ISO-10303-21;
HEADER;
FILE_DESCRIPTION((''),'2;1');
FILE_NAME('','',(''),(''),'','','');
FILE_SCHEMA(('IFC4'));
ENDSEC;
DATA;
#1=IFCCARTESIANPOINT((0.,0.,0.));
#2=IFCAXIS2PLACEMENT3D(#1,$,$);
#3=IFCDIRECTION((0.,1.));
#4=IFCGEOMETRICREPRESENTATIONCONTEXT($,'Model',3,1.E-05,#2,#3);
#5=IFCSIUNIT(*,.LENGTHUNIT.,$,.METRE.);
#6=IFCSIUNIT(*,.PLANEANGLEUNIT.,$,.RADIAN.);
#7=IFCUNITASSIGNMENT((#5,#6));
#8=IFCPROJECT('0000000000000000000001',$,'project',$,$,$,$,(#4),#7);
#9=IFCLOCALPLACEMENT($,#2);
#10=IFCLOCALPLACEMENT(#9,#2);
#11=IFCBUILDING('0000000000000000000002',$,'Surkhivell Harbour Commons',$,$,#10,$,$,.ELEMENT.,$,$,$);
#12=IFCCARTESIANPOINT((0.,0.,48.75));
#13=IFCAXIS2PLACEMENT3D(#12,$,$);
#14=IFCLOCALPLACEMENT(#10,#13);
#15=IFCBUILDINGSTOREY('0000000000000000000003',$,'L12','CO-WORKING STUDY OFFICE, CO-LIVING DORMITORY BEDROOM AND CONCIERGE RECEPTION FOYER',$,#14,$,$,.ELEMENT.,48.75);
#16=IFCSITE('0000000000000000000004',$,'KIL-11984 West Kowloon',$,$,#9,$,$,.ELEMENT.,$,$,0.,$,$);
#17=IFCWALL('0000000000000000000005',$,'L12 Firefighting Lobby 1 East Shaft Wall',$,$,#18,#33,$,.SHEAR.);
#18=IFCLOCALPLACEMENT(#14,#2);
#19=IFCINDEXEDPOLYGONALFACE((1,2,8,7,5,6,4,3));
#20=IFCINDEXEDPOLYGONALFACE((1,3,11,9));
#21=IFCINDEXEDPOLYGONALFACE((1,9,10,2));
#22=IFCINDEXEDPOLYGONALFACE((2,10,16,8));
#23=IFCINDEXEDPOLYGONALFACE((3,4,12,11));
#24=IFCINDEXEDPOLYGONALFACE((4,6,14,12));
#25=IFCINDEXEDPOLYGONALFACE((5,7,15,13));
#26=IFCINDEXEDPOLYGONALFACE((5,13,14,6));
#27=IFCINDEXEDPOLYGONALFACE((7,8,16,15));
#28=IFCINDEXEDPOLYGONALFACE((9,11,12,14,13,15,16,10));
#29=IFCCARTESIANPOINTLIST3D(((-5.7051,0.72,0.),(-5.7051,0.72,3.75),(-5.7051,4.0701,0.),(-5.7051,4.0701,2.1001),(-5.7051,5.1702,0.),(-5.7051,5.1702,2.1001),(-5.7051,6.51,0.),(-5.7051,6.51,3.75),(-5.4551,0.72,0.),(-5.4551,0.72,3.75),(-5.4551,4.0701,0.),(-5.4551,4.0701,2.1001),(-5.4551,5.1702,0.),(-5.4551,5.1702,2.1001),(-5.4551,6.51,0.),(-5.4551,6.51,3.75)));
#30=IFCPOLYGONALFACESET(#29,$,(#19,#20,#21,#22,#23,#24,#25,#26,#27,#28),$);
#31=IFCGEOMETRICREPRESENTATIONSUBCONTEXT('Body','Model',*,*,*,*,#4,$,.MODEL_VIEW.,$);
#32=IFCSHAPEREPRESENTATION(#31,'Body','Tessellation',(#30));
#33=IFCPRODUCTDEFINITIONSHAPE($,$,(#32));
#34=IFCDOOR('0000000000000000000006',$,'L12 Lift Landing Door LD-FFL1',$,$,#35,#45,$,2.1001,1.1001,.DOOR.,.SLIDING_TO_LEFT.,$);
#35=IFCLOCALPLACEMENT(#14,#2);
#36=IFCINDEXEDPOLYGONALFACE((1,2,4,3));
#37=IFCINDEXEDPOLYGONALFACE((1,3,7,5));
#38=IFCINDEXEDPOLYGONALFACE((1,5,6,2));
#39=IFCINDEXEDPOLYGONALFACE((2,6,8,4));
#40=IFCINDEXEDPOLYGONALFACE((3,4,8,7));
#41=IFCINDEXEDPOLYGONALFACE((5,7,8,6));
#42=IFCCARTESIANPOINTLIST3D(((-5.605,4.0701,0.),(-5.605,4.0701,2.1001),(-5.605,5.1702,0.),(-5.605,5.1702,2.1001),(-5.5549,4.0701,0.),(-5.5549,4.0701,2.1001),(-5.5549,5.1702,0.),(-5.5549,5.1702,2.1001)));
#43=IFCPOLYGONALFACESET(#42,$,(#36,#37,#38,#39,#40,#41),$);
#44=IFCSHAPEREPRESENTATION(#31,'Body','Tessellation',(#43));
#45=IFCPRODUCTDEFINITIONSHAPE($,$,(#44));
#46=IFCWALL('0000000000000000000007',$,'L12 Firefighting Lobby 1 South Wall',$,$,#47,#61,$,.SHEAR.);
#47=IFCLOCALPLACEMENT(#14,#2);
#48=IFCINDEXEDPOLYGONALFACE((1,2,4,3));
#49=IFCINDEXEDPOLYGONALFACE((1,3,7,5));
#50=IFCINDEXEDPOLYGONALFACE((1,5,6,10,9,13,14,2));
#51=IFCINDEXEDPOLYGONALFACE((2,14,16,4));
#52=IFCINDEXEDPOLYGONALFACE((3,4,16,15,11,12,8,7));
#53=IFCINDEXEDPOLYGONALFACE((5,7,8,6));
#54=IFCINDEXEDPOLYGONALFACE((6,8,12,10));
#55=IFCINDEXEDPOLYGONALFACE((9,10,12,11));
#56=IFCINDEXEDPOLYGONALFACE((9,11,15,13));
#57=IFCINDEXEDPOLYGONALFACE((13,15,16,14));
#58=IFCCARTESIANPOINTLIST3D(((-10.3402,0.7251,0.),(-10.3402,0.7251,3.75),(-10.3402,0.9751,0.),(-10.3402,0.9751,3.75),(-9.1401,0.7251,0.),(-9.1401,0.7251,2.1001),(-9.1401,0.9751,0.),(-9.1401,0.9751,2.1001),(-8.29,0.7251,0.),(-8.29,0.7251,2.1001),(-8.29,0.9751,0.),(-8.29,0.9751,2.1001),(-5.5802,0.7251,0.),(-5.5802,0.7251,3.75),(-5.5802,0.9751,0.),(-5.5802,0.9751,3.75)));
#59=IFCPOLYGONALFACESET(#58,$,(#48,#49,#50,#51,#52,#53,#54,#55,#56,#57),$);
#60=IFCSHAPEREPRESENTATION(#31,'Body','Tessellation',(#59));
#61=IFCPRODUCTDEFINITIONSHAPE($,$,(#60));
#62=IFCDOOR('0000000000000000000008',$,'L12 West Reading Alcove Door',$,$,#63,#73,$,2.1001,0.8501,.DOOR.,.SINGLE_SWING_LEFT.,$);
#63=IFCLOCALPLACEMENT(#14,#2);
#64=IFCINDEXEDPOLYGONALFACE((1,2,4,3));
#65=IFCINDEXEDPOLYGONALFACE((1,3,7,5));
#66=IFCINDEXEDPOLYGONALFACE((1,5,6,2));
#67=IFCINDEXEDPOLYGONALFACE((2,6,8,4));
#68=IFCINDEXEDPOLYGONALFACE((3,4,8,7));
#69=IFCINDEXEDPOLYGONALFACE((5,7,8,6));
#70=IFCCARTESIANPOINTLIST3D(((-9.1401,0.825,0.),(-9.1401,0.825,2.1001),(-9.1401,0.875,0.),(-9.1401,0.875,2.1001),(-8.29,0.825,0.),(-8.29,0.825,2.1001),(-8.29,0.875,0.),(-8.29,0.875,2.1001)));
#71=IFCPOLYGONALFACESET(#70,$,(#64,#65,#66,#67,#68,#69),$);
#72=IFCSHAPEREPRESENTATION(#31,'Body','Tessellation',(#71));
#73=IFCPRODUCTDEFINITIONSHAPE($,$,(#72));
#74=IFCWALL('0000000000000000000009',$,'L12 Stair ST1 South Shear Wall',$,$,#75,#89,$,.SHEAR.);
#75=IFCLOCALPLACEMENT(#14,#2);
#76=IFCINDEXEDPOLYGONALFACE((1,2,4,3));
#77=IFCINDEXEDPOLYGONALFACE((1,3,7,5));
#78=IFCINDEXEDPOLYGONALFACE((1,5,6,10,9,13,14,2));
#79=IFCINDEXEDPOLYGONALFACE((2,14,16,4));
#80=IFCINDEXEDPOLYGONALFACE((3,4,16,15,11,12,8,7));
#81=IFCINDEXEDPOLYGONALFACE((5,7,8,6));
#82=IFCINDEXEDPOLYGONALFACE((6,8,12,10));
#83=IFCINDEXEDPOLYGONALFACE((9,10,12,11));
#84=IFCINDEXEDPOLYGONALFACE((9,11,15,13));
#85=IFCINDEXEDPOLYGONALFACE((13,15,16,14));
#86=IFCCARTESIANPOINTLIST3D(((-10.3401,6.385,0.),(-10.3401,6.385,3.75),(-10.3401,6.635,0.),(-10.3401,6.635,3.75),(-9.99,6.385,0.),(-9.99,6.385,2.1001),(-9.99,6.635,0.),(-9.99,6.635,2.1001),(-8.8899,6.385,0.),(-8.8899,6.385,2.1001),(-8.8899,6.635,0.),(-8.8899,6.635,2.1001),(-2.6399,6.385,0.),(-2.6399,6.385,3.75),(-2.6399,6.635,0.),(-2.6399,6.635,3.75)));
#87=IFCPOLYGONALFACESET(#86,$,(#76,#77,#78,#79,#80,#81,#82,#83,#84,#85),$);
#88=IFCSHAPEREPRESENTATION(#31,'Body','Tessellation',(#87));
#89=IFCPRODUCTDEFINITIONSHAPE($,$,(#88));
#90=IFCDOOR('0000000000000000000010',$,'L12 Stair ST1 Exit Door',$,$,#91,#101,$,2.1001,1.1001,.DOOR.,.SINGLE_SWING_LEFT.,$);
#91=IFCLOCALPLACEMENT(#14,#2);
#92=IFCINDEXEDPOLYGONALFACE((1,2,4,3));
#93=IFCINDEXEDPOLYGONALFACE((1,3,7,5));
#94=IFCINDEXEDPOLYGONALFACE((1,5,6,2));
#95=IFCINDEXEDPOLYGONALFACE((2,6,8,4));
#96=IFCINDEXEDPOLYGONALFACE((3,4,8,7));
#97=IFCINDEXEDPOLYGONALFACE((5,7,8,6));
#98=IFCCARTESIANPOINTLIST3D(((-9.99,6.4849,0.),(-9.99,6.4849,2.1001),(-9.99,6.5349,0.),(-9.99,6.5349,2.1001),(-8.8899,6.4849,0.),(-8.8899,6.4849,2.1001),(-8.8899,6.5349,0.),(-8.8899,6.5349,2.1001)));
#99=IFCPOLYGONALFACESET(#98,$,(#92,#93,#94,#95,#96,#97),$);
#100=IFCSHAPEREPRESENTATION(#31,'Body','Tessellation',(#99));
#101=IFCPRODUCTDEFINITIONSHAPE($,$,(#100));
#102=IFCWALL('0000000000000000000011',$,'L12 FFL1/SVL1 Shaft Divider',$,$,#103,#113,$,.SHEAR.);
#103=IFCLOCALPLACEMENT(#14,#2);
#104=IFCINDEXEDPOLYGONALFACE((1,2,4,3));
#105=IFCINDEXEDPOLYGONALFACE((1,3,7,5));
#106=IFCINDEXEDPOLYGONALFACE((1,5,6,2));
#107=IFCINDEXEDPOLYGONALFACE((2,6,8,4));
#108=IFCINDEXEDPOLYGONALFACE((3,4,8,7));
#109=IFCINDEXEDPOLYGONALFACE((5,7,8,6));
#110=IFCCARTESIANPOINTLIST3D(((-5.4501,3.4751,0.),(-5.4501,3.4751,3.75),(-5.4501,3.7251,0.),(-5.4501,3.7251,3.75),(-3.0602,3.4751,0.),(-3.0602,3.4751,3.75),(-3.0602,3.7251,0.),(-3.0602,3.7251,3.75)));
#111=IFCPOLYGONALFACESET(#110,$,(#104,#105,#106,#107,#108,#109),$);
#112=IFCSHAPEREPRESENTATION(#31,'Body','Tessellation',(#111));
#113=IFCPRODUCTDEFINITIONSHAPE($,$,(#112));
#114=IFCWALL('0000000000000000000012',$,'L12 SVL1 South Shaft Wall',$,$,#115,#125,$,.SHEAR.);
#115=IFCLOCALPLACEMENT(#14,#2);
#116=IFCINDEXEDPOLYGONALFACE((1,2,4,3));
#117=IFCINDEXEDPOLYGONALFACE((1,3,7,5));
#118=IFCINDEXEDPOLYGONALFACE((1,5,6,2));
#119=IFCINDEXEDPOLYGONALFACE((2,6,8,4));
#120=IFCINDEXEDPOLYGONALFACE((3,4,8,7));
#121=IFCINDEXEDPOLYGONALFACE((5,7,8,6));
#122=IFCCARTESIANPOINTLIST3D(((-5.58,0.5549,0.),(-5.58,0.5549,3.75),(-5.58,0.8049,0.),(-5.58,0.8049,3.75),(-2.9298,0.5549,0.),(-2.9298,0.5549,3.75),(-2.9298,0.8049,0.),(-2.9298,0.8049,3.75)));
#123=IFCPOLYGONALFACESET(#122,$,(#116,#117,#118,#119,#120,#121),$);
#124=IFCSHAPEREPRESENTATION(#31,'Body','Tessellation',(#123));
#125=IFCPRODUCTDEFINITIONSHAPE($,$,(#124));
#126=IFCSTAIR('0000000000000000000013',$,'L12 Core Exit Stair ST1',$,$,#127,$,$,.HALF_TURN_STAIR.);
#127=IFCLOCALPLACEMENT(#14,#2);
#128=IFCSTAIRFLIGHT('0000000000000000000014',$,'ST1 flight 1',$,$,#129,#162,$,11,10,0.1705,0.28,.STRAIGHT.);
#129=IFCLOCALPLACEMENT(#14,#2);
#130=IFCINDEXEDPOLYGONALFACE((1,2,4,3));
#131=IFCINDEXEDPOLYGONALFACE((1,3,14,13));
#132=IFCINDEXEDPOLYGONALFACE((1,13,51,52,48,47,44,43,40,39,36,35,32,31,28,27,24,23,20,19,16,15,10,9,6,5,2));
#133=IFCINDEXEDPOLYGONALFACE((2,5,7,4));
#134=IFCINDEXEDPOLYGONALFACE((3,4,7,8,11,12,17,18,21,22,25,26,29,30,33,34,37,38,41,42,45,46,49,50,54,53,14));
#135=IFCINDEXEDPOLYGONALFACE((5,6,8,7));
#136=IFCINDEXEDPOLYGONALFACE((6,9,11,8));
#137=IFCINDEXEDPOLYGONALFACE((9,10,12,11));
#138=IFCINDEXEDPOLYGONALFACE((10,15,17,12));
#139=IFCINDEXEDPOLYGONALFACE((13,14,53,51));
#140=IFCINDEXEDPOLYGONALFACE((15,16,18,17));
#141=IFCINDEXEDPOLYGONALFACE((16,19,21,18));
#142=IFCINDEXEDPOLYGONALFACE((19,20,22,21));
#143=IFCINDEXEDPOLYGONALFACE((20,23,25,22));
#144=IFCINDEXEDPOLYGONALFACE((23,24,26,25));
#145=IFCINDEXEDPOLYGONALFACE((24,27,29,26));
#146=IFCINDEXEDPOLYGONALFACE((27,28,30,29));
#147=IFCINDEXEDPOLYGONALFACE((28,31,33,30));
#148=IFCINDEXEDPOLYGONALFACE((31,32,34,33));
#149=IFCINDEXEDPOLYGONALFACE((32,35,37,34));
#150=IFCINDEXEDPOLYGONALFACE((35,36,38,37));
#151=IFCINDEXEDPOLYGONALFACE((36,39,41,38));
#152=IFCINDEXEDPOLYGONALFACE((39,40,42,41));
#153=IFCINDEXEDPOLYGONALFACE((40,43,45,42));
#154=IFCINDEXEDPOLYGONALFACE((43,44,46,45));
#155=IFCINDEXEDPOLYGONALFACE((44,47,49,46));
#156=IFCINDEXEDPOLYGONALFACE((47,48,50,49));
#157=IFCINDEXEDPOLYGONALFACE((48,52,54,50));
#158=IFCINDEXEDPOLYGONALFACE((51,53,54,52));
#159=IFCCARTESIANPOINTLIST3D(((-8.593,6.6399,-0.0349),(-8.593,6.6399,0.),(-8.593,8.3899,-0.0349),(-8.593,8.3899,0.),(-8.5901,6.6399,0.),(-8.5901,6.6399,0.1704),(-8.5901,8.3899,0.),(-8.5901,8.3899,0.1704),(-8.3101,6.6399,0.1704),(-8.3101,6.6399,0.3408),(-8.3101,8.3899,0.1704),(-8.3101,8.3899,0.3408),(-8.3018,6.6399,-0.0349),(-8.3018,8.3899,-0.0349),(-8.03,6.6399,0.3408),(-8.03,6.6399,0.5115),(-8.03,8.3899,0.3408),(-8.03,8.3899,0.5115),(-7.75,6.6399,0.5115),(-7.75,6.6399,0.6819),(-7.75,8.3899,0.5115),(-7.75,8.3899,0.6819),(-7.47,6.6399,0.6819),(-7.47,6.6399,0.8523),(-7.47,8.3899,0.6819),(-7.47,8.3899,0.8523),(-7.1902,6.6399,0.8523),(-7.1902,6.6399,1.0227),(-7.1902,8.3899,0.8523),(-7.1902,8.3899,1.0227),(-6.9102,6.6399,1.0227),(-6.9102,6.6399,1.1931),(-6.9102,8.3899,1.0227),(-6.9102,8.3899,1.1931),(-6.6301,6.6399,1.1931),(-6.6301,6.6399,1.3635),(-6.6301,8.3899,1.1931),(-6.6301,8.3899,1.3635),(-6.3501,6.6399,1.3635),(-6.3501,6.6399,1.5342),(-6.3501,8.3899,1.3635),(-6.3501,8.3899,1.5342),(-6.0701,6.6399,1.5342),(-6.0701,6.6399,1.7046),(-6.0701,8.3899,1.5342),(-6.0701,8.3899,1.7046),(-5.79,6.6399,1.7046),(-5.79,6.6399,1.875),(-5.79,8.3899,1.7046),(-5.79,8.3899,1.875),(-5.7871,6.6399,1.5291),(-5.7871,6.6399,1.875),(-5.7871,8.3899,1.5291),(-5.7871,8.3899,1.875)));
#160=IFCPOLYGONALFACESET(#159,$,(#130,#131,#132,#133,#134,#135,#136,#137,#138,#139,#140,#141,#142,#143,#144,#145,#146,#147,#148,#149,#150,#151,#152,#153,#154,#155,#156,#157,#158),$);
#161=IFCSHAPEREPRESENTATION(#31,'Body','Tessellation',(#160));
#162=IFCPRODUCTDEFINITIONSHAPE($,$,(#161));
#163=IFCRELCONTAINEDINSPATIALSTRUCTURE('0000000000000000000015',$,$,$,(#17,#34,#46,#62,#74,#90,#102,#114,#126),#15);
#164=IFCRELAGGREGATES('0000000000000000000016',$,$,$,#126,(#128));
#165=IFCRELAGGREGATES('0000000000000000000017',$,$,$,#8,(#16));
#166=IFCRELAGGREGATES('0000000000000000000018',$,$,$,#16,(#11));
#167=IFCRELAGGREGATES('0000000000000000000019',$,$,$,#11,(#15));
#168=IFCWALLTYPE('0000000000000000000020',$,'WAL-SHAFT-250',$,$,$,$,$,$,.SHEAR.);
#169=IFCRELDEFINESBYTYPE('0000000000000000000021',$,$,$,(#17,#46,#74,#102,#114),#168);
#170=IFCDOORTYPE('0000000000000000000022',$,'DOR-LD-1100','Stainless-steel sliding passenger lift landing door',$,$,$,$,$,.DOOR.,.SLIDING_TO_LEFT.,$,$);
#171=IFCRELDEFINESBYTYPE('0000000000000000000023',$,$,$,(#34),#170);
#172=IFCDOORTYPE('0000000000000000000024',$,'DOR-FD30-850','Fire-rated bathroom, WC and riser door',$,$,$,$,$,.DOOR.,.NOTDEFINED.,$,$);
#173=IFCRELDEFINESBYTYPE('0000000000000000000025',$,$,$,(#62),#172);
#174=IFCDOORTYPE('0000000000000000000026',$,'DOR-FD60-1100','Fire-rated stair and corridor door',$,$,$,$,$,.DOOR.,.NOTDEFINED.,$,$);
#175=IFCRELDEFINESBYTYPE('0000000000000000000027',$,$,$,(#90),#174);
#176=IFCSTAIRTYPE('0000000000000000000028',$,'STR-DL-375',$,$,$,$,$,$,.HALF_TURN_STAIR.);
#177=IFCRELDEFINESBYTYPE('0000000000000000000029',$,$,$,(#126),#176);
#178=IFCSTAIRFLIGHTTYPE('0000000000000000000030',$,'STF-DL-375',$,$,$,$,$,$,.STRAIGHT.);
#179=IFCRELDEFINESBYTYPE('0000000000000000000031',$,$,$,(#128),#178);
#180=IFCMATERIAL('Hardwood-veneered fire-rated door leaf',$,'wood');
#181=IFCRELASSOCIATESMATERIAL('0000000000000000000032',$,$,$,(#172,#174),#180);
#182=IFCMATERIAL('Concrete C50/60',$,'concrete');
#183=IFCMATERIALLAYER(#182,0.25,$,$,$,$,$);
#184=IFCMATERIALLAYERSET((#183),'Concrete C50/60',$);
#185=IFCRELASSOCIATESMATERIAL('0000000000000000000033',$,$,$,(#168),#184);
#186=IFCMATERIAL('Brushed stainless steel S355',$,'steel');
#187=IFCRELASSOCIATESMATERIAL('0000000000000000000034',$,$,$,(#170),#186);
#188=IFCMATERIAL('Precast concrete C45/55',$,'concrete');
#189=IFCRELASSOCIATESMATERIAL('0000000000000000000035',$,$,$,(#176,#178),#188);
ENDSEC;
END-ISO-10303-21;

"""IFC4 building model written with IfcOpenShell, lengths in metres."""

from ifc_helpers import new_model, si_unit, direction, frame, frame_2d, origin, place, context, subcontext, project, spatial, polyline, rectangle, outline, extrude, material, layer, layer_set, type_object, element, fill, aggregate, save


model = new_model("IFC4")

# Units and contexts
model_context = context("Model", 3, precision=1e-05, world=origin(), true_north=direction((0.0, 1.0)))
body_context = subcontext(model_context, "Body", "Model", "MODEL_VIEW")
ifc_project = project(units=[si_unit("LENGTHUNIT", "METRE"), si_unit("PLANEANGLEUNIT", "RADIAN")], contexts=[model_context])

# Site, building, storey
site_placement = place(None, origin())
site = spatial("IfcSite", under=ifc_project, at=site_placement, Name="KIL-11984 West Kowloon", CompositionType="ELEMENT", RefElevation=0.0)
building_placement = place(site_placement, origin())
building = spatial("IfcBuilding", under=site, at=building_placement, Name="Surkhivell Harbour Commons", CompositionType="ELEMENT")
storey_placement = place(building_placement, frame((0.0, 0.0, 48.75)))
storey = spatial("IfcBuildingStorey", under=building, at=storey_placement, Name="L12", Description="CO-WORKING STUDY OFFICE, CO-LIVING DORMITORY BEDROOM AND CONCIERGE RECEPTION FOYER", CompositionType="ELEMENT", Elevation=48.75)

# Shared definitions
ifc_material_1 = material(Name="Hardwood-veneered fire-rated door leaf", Category="wood")

# Shared definitions
door_type_1 = type_object("IfcDoorType", Name="DOR-FD30-850", Description="Fire-rated bathroom, WC and riser door", OperationType="NOTDEFINED", PredefinedType="DOOR", material=ifc_material_1)

# Walls, openings, doors
ifc_material_2 = material(Name="Concrete C50/60", Category="concrete")
ifc_layer_1 = layer(ifc_material_2, 0.25)
ifc_layer_set_1 = layer_set([ifc_layer_1], Name="Concrete C50/60")
wall_type_1 = type_object("IfcWallType", Name="WAL-SHAFT-250", PredefinedType="SHEAR", material=ifc_layer_set_1)
wall_1_placement = place(storey_placement, frame((-5.5801, 0.72, 0.0), z_axis=(0.0, 0.0, 1.0), x_axis=(0.0, 1.0, 0.0)))
wall_1 = element("IfcWall", 1, at=wall_1_placement, inside=storey, type_object=wall_type_1, Name="L12 Firefighting Lobby 1 East Shaft Wall", PredefinedType="SHEAR", context=body_context, shape_type="SweptSolid", body=[
    extrude(rectangle(XDim=5.79, YDim=0.25, at=frame_2d((2.895, 0.0))), origin(), (0.0, 0.0, 1.0), 3.75),
])
opening_1_placement = place(wall_1_placement, frame((3.3501, 0.0, 0.0)))
opening_1 = element("IfcOpeningElement", 2, at=opening_1_placement, cuts=wall_1, PredefinedType="OPENING", context=body_context, shape_type="SweptSolid", body=[
    extrude(rectangle(XDim=1.1001, YDim=2.1001, at=frame_2d((0.55, 1.05))), frame((0.0, 0.135, 0.0), z_axis=(0.0, -1.0, 0.0), x_axis=(1.0, 0.0, 0.0)), (0.0, 0.0, 1.0), 0.27),
])
ifc_material_3 = material(Name="Brushed stainless steel S355", Category="steel")
door_type_2 = type_object("IfcDoorType", Name="DOR-LD-1100", Description="Stainless-steel sliding passenger lift landing door", OperationType="SLIDING_TO_LEFT", PredefinedType="DOOR", material=ifc_material_3)
door_1_placement = place(opening_1_placement, origin())
door_1 = element("IfcDoor", 3, at=door_1_placement, inside=storey, type_object=door_type_2, Name="L12 Lift Landing Door LD-FFL1", OperationType="SLIDING_TO_LEFT", OverallHeight=2.1001, OverallWidth=1.1001, PredefinedType="DOOR", context=body_context, shape_type="SweptSolid", body=[
    extrude(rectangle(XDim=1.1001, YDim=2.1001, at=frame_2d((0.55, 1.05))), frame((0.0, 0.0249, 0.0), z_axis=(0.0, -1.0, 0.0), x_axis=(1.0, 0.0, 0.0)), (0.0, 0.0, 1.0), 0.05),
])
fill(opening_1, door_1)
wall_2_placement = place(storey_placement, frame((-10.3401, 0.8501, 0.0), z_axis=(0.0, 0.0, 1.0), x_axis=(1.0, 0.0, 0.0)))
wall_2 = element("IfcWall", 4, at=wall_2_placement, inside=storey, type_object=wall_type_1, Name="L12 Firefighting Lobby 1 South Wall", PredefinedType="SHEAR", context=body_context, shape_type="SweptSolid", body=[
    extrude(rectangle(XDim=4.76, YDim=0.25, at=frame_2d((2.3799, 0.0))), origin(), (0.0, 0.0, 1.0), 3.75),
])
opening_2_placement = place(wall_2_placement, frame((1.2, 0.0, 0.0)))
opening_2 = element("IfcOpeningElement", 5, at=opening_2_placement, cuts=wall_2, PredefinedType="OPENING", context=body_context, shape_type="SweptSolid", body=[
    extrude(rectangle(XDim=0.8501, YDim=2.1001, at=frame_2d((0.425, 1.05))), frame((0.0, 0.135, 0.0), z_axis=(0.0, -1.0, 0.0), x_axis=(1.0, 0.0, 0.0)), (0.0, 0.0, 1.0), 0.27),
])
door_2_placement = place(opening_2_placement, origin())
door_2 = element("IfcDoor", 6, at=door_2_placement, inside=storey, type_object=door_type_1, Name="L12 West Reading Alcove Door", OperationType="SINGLE_SWING_LEFT", OverallHeight=2.1001, OverallWidth=0.8501, PredefinedType="DOOR", context=body_context, shape_type="SweptSolid", body=[
    extrude(rectangle(XDim=0.8501, YDim=2.1001, at=frame_2d((0.425, 1.05))), frame((0.0, 0.0249, 0.0), z_axis=(0.0, -1.0, 0.0), x_axis=(1.0, 0.0, 0.0)), (0.0, 0.0, 1.0), 0.05),
])
fill(opening_2, door_2)
wall_3_placement = place(storey_placement, frame((-10.3401, 6.51, 0.0), z_axis=(0.0, 0.0, 1.0), x_axis=(1.0, 0.0, 0.0)))
wall_3 = element("IfcWall", 7, at=wall_3_placement, inside=storey, type_object=wall_type_1, Name="L12 Stair ST1 South Shear Wall", PredefinedType="SHEAR", context=body_context, shape_type="SweptSolid", body=[
    extrude(rectangle(XDim=7.7002, YDim=0.25, at=frame_2d((3.8501, 0.0))), origin(), (0.0, 0.0, 1.0), 3.75),
])
opening_3_placement = place(wall_3_placement, frame((0.3501, 0.0, 0.0)))
opening_3 = element("IfcOpeningElement", 8, at=opening_3_placement, cuts=wall_3, PredefinedType="OPENING", context=body_context, shape_type="SweptSolid", body=[
    extrude(rectangle(XDim=1.1001, YDim=2.1001, at=frame_2d((0.55, 1.05))), frame((0.0, 0.135, 0.0), z_axis=(0.0, -1.0, 0.0), x_axis=(1.0, 0.0, 0.0)), (0.0, 0.0, 1.0), 0.27),
])
door_type_3 = type_object("IfcDoorType", Name="DOR-FD60-1100", Description="Fire-rated stair and corridor door", OperationType="NOTDEFINED", PredefinedType="DOOR", material=ifc_material_1)
door_3_placement = place(opening_3_placement, origin())
door_3 = element("IfcDoor", 9, at=door_3_placement, inside=storey, type_object=door_type_3, Name="L12 Stair ST1 Exit Door", OperationType="SINGLE_SWING_LEFT", OverallHeight=2.1001, OverallWidth=1.1001, PredefinedType="DOOR", context=body_context, shape_type="SweptSolid", body=[
    extrude(rectangle(XDim=1.1001, YDim=2.1001, at=frame_2d((0.55, 1.05))), frame((0.0, 0.0249, 0.0), z_axis=(0.0, -1.0, 0.0), x_axis=(1.0, 0.0, 0.0)), (0.0, 0.0, 1.0), 0.05),
])
fill(opening_3, door_3)

# Walls
wall_4_placement = place(storey_placement, frame((-5.45, 3.6001, 0.0), z_axis=(0.0, 0.0, 1.0), x_axis=(1.0, 0.0, 0.0)))
element("IfcWall", 10, at=wall_4_placement, inside=storey, type_object=wall_type_1, Name="L12 FFL1/SVL1 Shaft Divider", PredefinedType="SHEAR", context=body_context, shape_type="SweptSolid", body=[
    extrude(rectangle(XDim=2.3899, YDim=0.25, at=frame_2d((1.1948, 0.0))), origin(), (0.0, 0.0, 1.0), 3.75),
])
wall_5_placement = place(storey_placement, frame((-5.5801, 0.6799, 0.0), z_axis=(0.0, 0.0, 1.0), x_axis=(1.0, 0.0, 0.0)))
element("IfcWall", 11, at=wall_5_placement, inside=storey, type_object=wall_type_1, Name="L12 SVL1 South Shaft Wall", PredefinedType="SHEAR", context=body_context, shape_type="SweptSolid", body=[
    extrude(rectangle(XDim=2.6501, YDim=0.25, at=frame_2d((1.3252, 0.0))), origin(), (0.0, 0.0, 1.0), 3.75),
])

# Stair, stair flight
ifc_material_4 = material(Name="Precast concrete C45/55", Category="concrete")
stair_type = type_object("IfcStairType", Name="STR-DL-375", PredefinedType="HALF_TURN_STAIR", material=ifc_material_4)
stair_placement = place(storey_placement, origin())
stair = element("IfcStair", 12, at=stair_placement, inside=storey, type_object=stair_type, Name="L12 Core Exit Stair ST1", PredefinedType="HALF_TURN_STAIR")
stair_flight_type = type_object("IfcStairFlightType", Name="STF-DL-375", PredefinedType="STRAIGHT", material=ifc_material_4)
stair_flight_1_placement = place(storey_placement, frame((-8.5901, 7.5149, 0.0), z_axis=(0.0, 0.0, 1.0), x_axis=(1.0, 0.0, 0.0)))
stair_flight_1 = element("IfcStairFlight", 13, at=stair_flight_1_placement, type_object=stair_flight_type, Name="ST1 flight 1", NumberOfRisers=11, NumberOfTreads=10, PredefinedType="STRAIGHT", RiserHeight=0.1705, TreadLength=0.28, context=body_context, shape_type="SweptSolid", body=[
    extrude(outline(polyline([(-0.0029, -0.0349), (-0.0029, 0.0), (0.0, 0.0), (0.0, 0.1704), (0.28, 0.1704), (0.28, 0.3408), (0.5601, 0.3408), (0.5601, 0.5115), (0.8401, 0.5115), (0.8401, 0.6819), (1.1201, 0.6819), (1.1201, 0.8523), (1.3999, 0.8523), (1.3999, 1.0227), (1.6799, 1.0227), (1.6799, 1.1931), (1.96, 1.1931), (1.96, 1.3635), (2.24, 1.3635), (2.24, 1.5342), (2.52, 1.5342), (2.52, 1.7046), (2.8, 1.7046), (2.8, 1.875), (2.803, 1.875), (2.803, 1.5291), (0.2883, -0.0349), (-0.0029, -0.0349)])), frame((0.0, 0.875, 0.0), z_axis=(0.0, -1.0, 0.0), x_axis=(1.0, 0.0, 0.0)), (0.0, 0.0, 1.0), 1.75),
])
aggregate(stair, [stair_flight_1])

save(model, "model.ifc")
